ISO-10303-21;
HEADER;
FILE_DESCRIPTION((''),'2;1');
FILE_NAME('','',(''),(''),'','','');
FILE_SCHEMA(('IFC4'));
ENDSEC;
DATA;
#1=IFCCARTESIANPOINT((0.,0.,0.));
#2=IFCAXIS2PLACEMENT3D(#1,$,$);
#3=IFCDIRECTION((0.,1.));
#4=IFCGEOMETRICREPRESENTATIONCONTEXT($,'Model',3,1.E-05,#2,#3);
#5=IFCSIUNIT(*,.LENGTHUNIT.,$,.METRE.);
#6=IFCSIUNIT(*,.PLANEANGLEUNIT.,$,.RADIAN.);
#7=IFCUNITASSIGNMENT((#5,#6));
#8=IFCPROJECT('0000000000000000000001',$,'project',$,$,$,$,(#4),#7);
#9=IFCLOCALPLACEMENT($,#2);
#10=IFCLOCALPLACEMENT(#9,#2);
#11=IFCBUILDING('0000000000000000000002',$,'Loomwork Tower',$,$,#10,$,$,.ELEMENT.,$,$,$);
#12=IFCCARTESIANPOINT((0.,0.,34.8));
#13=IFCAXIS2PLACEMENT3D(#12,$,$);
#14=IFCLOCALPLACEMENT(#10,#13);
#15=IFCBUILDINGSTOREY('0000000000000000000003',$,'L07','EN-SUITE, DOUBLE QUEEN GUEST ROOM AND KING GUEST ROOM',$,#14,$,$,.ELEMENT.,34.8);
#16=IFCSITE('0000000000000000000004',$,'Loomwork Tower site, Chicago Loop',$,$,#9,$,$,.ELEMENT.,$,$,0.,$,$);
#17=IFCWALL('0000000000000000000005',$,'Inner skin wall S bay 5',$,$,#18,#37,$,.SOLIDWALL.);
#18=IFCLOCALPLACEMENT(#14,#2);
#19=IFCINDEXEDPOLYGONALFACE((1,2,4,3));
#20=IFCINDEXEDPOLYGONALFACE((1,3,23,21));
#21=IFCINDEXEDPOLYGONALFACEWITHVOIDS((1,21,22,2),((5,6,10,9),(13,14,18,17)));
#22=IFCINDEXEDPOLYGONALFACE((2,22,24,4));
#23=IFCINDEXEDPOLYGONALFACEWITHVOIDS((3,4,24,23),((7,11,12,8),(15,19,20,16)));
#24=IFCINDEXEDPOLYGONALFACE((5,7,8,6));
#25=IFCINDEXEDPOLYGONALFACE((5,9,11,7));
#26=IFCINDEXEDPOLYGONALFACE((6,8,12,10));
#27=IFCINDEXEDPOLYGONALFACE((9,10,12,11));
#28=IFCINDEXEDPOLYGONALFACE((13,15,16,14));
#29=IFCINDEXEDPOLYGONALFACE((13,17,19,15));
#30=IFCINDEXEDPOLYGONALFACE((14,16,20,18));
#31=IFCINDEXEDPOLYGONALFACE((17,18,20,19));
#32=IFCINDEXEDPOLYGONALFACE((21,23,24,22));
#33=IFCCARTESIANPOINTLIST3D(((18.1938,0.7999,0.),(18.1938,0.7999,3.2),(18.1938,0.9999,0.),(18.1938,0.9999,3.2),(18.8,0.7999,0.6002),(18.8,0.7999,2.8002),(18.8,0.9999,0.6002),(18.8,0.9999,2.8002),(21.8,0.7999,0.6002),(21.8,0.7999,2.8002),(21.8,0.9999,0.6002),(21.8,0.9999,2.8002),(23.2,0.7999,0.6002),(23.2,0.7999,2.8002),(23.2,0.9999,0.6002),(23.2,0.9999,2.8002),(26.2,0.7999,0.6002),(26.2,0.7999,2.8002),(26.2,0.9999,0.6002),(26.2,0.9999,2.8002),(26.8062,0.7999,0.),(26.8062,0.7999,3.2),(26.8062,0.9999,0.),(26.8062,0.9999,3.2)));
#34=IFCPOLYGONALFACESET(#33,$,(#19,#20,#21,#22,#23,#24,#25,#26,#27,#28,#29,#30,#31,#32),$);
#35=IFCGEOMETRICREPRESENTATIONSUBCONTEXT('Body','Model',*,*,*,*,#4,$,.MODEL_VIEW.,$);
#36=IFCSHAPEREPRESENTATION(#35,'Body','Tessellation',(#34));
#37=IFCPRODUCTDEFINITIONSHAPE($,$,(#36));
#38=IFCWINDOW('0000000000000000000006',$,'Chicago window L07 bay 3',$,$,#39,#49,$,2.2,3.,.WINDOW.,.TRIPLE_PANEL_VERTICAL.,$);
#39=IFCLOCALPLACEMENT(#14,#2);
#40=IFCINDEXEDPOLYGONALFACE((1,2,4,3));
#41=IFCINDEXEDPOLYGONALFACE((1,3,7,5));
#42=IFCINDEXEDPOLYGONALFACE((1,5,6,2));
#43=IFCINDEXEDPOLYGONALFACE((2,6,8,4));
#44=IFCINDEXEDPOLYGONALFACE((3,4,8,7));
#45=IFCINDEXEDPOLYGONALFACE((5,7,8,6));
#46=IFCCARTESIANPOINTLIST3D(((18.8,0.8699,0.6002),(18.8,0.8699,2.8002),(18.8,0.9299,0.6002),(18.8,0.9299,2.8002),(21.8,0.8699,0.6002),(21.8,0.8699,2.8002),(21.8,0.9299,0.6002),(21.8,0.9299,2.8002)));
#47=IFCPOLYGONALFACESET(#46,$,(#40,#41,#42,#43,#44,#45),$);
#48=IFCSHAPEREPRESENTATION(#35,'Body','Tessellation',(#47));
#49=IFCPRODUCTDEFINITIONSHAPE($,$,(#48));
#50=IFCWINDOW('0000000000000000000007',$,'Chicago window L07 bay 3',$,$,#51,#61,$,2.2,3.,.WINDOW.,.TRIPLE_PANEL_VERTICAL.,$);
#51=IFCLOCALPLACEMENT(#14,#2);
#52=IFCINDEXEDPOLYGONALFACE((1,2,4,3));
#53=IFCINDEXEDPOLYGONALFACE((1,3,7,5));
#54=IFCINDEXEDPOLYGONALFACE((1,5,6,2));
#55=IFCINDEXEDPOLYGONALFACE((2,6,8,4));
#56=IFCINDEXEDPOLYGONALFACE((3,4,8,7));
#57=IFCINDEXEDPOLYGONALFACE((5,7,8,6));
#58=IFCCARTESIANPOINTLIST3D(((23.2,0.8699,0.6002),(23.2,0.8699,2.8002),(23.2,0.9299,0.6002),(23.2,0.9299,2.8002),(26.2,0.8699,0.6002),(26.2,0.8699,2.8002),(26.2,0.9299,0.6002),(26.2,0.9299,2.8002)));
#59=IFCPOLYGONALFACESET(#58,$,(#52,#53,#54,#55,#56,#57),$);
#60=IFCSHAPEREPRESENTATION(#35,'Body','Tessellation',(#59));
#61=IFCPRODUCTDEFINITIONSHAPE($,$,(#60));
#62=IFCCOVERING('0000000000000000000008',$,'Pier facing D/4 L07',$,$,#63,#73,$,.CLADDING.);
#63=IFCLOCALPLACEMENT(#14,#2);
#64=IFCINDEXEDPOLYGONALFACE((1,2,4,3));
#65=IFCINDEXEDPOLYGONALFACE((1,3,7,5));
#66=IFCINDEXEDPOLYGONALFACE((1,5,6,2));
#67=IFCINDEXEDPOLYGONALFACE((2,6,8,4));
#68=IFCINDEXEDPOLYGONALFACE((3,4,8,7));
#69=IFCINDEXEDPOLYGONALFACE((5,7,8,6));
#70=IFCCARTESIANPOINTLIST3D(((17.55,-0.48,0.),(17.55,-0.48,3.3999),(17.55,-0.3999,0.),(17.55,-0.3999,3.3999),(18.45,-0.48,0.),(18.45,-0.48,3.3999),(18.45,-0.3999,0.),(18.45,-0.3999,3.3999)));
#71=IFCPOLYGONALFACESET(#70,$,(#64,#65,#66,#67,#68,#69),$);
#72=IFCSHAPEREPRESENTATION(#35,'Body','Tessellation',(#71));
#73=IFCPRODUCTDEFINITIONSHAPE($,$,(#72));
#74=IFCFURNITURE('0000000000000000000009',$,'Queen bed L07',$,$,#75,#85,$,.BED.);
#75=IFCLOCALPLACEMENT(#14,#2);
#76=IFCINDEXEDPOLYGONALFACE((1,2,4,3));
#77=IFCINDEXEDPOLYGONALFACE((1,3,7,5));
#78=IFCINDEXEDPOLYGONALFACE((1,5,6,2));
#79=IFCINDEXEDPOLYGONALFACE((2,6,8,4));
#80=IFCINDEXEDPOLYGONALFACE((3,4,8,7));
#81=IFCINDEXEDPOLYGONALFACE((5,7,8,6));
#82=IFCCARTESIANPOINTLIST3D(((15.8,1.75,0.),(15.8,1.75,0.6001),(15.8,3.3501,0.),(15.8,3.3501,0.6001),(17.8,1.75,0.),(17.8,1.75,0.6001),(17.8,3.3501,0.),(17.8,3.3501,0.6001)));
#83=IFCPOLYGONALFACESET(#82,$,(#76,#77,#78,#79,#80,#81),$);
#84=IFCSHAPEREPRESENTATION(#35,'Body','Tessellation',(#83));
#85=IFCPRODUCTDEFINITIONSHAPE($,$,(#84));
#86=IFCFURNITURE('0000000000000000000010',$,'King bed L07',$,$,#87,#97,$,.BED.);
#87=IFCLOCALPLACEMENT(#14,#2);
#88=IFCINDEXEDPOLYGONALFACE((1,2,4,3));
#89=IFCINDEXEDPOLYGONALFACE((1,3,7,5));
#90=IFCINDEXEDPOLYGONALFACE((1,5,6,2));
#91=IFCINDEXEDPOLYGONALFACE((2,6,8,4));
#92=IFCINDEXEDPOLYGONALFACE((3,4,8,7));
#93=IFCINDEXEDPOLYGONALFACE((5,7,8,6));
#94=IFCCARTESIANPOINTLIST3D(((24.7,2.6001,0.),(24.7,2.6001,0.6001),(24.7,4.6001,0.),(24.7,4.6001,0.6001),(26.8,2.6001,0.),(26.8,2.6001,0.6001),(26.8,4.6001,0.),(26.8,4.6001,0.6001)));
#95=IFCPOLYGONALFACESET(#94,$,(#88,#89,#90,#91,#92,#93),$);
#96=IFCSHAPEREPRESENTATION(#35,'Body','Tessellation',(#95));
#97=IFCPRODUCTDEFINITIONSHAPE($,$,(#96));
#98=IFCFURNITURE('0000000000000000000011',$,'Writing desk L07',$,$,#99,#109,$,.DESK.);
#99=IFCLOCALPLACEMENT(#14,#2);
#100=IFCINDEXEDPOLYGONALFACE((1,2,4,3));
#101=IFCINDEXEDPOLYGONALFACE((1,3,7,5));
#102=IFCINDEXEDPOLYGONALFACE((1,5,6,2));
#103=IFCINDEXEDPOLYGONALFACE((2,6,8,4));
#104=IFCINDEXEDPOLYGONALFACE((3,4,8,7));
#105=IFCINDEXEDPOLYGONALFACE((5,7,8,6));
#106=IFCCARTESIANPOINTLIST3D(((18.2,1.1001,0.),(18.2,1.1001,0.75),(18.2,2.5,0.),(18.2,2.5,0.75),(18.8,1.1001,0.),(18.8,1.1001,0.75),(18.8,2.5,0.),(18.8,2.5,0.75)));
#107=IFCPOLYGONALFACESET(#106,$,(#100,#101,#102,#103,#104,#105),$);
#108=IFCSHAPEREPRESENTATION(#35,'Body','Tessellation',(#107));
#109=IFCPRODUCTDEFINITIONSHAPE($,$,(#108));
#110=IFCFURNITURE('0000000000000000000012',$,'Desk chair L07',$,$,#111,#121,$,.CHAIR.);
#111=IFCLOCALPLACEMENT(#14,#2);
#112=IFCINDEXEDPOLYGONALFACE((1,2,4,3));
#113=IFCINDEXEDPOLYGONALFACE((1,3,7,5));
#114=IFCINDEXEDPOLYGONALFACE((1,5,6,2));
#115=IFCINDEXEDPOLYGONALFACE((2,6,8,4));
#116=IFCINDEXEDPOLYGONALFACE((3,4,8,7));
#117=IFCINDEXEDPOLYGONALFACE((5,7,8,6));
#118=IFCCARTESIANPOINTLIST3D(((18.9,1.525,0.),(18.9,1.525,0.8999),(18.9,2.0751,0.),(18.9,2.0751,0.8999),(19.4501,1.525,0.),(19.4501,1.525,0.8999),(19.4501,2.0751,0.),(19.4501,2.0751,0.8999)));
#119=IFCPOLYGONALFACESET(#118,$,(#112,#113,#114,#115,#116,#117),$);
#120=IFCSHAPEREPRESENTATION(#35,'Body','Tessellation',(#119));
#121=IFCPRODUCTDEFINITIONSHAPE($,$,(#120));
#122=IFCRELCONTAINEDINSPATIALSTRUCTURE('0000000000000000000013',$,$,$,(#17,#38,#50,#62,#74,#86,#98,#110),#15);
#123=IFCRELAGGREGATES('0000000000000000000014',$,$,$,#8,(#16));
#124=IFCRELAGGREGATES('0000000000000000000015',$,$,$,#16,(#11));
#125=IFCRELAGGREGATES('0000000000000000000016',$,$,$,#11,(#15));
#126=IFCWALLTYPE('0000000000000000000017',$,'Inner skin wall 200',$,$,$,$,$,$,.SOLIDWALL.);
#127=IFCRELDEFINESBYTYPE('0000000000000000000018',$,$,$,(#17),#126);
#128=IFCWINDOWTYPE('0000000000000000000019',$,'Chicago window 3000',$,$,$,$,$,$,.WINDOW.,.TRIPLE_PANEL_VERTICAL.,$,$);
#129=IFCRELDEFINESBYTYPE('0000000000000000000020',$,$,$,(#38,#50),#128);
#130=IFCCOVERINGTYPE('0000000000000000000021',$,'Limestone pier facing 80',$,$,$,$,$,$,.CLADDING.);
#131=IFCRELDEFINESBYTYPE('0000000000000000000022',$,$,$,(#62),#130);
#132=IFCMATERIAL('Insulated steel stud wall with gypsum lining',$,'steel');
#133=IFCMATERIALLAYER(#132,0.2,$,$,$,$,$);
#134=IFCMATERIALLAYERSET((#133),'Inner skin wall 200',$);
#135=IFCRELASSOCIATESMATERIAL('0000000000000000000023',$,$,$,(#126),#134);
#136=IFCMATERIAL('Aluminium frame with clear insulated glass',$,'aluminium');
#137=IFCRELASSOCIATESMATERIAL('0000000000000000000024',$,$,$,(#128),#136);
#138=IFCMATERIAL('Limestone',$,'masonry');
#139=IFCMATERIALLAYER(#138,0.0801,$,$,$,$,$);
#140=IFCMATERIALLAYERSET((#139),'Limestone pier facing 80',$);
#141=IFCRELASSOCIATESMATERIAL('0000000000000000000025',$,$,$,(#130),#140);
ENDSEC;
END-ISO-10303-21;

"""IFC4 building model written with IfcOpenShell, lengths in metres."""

from ifc_helpers import new_model, si_unit, direction, frame, frame_2d, origin, origin_2d, place, context, subcontext, project, spatial, rectangle, extrude, material, layer, layer_set, type_object, element, fill, save


model = new_model("IFC4")

# Units and contexts
model_context = context("Model", 3, precision=1e-05, world=origin(), true_north=direction((0.0, 1.0)))
body_context = subcontext(model_context, "Body", "Model", "MODEL_VIEW")
ifc_project = project(units=[si_unit("LENGTHUNIT", "METRE"), si_unit("PLANEANGLEUNIT", "RADIAN")], contexts=[model_context])

# Site, building, storey
site_placement = place(None, origin())
site = spatial("IfcSite", under=ifc_project, at=site_placement, Name="Loomwork Tower site, Chicago Loop", CompositionType="ELEMENT", RefElevation=0.0)
building_placement = place(site_placement, origin())
building = spatial("IfcBuilding", under=site, at=building_placement, Name="Loomwork Tower", CompositionType="ELEMENT")
storey_placement = place(building_placement, frame((0.0, 0.0, 34.8)))
storey = spatial("IfcBuildingStorey", under=building, at=storey_placement, Name="L07", Description="EN-SUITE, DOUBLE QUEEN GUEST ROOM AND KING GUEST ROOM", CompositionType="ELEMENT", Elevation=34.8)

# Shared definitions
ifc_material_1 = material(Name="Insulated steel stud wall with gypsum lining", Category="steel")
ifc_layer_1 = layer(ifc_material_1, 0.2)
ifc_layer_set_1 = layer_set([ifc_layer_1], Name="Inner skin wall 200")
wall_type = type_object("IfcWallType", Name="Inner skin wall 200", PredefinedType="SOLIDWALL", material=ifc_layer_set_1)

# Wall, openings, windows
wall_1_placement = place(storey_placement, frame((18.1938, 0.8999, 0.0), z_axis=(0.0, 0.0, 1.0), x_axis=(1.0, 0.0, 0.0)))
wall_1 = element("IfcWall", 1, at=wall_1_placement, inside=storey, type_object=wall_type, Name="Inner skin wall S bay 5", PredefinedType="SOLIDWALL", context=body_context, shape_type="SweptSolid", body=[
    extrude(rectangle(XDim=8.6123, YDim=0.2, at=frame_2d((4.3062, 0.0))), origin(), (0.0, 0.0, 1.0), 3.2),
])
opening_1_placement = place(wall_1_placement, frame((0.6062, 0.0, 0.6001)))
opening_1 = element("IfcOpeningElement", 2, at=opening_1_placement, cuts=wall_1, PredefinedType="OPENING", context=body_context, shape_type="SweptSolid", body=[
    extrude(rectangle(XDim=3.0, YDim=2.2, at=frame_2d((1.5, 1.1001))), frame((0.0, 0.1099, 0.0), z_axis=(0.0, -1.0, 0.0), x_axis=(1.0, 0.0, 0.0)), (0.0, 0.0, 1.0), 0.22),
])
opening_2_placement = place(wall_1_placement, frame((5.0061, 0.0, 0.6001)))
opening_2 = element("IfcOpeningElement", 3, at=opening_2_placement, cuts=wall_1, PredefinedType="OPENING", context=body_context, shape_type="SweptSolid", body=[
    extrude(rectangle(XDim=3.0, YDim=2.2, at=frame_2d((1.5, 1.1001))), frame((0.0, 0.1099, 0.0), z_axis=(0.0, -1.0, 0.0), x_axis=(1.0, 0.0, 0.0)), (0.0, 0.0, 1.0), 0.22),
])
ifc_material_2 = material(Name="Aluminium frame with clear insulated glass", Category="aluminium")
window_type = type_object("IfcWindowType", Name="Chicago window 3000", PartitioningType="TRIPLE_PANEL_VERTICAL", PredefinedType="WINDOW", material=ifc_material_2)
window_1_placement = place(opening_1_placement, origin())
window_1 = element("IfcWindow", 4, at=window_1_placement, inside=storey, type_object=window_type, Name="Chicago window L07 bay 3", OverallHeight=2.2, OverallWidth=3.0, PartitioningType="TRIPLE_PANEL_VERTICAL", PredefinedType="WINDOW", context=body_context, shape_type="SweptSolid", body=[
    extrude(rectangle(XDim=3.0, YDim=2.2, at=frame_2d((1.5, 1.1001))), frame((0.0, 0.03, 0.0), z_axis=(0.0, -1.0, 0.0), x_axis=(1.0, 0.0, 0.0)), (0.0, 0.0, 1.0), 0.0601),
])
fill(opening_1, window_1)
window_2_placement = place(opening_2_placement, origin())
window_2 = element("IfcWindow", 5, at=window_2_placement, inside=storey, type_object=window_type, Name="Chicago window L07 bay 3", OverallHeight=2.2, OverallWidth=3.0, PartitioningType="TRIPLE_PANEL_VERTICAL", PredefinedType="WINDOW", context=body_context, shape_type="SweptSolid", body=[
    extrude(rectangle(XDim=3.0, YDim=2.2, at=frame_2d((1.5, 1.1001))), frame((0.0, 0.03, 0.0), z_axis=(0.0, -1.0, 0.0), x_axis=(1.0, 0.0, 0.0)), (0.0, 0.0, 1.0), 0.0601),
])
fill(opening_2, window_2)

# Covering
ifc_material_3 = material(Name="Limestone", Category="masonry")
ifc_layer_2 = layer(ifc_material_3, 0.0801)
ifc_layer_set_2 = layer_set([ifc_layer_2], Name="Limestone pier facing 80")
covering_type = type_object("IfcCoveringType", Name="Limestone pier facing 80", PredefinedType="CLADDING", material=ifc_layer_set_2)
covering_placement = place(storey_placement, frame((18.0, -0.4399, 0.0), z_axis=(0.0, 0.0, 1.0), x_axis=(1.0, 0.0, 0.0)))
element("IfcCovering", 6, at=covering_placement, inside=storey, type_object=covering_type, Name="Pier facing D/4 L07", PredefinedType="CLADDING", context=body_context, shape_type="SweptSolid", body=[
    extrude(rectangle(XDim=0.8999, YDim=0.0801, at=origin_2d()), origin(), (0.0, 0.0, 1.0), 3.3999),
])

# Furniture
furniture_1_placement = place(storey_placement, frame((16.8, 2.55, 0.0), z_axis=(0.0, 0.0, 1.0), x_axis=(1.0, 0.0, 0.0)))
element("IfcFurniture", 7, at=furniture_1_placement, inside=storey, Name="Queen bed L07", PredefinedType="BED", context=body_context, shape_type="SweptSolid", body=[
    extrude(rectangle(XDim=2.0, YDim=1.6001, at=origin_2d()), origin(), (0.0, 0.0, 1.0), 0.6001),
])
furniture_2_placement = place(storey_placement, frame((25.75, 3.6001, 0.0), z_axis=(0.0, 0.0, 1.0), x_axis=(1.0, 0.0, 0.0)))
element("IfcFurniture", 8, at=furniture_2_placement, inside=storey, Name="King bed L07", PredefinedType="BED", context=body_context, shape_type="SweptSolid", body=[
    extrude(rectangle(XDim=2.1001, YDim=2.0, at=origin_2d()), origin(), (0.0, 0.0, 1.0), 0.6001),
])
furniture_3_placement = place(storey_placement, frame((18.5, 1.8, 0.0), z_axis=(0.0, 0.0, 1.0), x_axis=(1.0, 0.0, 0.0)))
element("IfcFurniture", 9, at=furniture_3_placement, inside=storey, Name="Writing desk L07", PredefinedType="DESK", context=body_context, shape_type="SweptSolid", body=[
    extrude(rectangle(XDim=0.6001, YDim=1.3999, at=origin_2d()), origin(), (0.0, 0.0, 1.0), 0.75),
])
furniture_4_placement = place(storey_placement, frame((19.175, 1.8, 0.0), z_axis=(0.0, 0.0, 1.0), x_axis=(1.0, 0.0, 0.0)))
element("IfcFurniture", 10, at=furniture_4_placement, inside=storey, Name="Desk chair L07", PredefinedType="CHAIR", context=body_context, shape_type="SweptSolid", body=[
    extrude(rectangle(XDim=0.55, YDim=0.55, at=origin_2d()), origin(), (0.0, 0.0, 1.0), 0.8999),
])

save(model, "model.ifc")
